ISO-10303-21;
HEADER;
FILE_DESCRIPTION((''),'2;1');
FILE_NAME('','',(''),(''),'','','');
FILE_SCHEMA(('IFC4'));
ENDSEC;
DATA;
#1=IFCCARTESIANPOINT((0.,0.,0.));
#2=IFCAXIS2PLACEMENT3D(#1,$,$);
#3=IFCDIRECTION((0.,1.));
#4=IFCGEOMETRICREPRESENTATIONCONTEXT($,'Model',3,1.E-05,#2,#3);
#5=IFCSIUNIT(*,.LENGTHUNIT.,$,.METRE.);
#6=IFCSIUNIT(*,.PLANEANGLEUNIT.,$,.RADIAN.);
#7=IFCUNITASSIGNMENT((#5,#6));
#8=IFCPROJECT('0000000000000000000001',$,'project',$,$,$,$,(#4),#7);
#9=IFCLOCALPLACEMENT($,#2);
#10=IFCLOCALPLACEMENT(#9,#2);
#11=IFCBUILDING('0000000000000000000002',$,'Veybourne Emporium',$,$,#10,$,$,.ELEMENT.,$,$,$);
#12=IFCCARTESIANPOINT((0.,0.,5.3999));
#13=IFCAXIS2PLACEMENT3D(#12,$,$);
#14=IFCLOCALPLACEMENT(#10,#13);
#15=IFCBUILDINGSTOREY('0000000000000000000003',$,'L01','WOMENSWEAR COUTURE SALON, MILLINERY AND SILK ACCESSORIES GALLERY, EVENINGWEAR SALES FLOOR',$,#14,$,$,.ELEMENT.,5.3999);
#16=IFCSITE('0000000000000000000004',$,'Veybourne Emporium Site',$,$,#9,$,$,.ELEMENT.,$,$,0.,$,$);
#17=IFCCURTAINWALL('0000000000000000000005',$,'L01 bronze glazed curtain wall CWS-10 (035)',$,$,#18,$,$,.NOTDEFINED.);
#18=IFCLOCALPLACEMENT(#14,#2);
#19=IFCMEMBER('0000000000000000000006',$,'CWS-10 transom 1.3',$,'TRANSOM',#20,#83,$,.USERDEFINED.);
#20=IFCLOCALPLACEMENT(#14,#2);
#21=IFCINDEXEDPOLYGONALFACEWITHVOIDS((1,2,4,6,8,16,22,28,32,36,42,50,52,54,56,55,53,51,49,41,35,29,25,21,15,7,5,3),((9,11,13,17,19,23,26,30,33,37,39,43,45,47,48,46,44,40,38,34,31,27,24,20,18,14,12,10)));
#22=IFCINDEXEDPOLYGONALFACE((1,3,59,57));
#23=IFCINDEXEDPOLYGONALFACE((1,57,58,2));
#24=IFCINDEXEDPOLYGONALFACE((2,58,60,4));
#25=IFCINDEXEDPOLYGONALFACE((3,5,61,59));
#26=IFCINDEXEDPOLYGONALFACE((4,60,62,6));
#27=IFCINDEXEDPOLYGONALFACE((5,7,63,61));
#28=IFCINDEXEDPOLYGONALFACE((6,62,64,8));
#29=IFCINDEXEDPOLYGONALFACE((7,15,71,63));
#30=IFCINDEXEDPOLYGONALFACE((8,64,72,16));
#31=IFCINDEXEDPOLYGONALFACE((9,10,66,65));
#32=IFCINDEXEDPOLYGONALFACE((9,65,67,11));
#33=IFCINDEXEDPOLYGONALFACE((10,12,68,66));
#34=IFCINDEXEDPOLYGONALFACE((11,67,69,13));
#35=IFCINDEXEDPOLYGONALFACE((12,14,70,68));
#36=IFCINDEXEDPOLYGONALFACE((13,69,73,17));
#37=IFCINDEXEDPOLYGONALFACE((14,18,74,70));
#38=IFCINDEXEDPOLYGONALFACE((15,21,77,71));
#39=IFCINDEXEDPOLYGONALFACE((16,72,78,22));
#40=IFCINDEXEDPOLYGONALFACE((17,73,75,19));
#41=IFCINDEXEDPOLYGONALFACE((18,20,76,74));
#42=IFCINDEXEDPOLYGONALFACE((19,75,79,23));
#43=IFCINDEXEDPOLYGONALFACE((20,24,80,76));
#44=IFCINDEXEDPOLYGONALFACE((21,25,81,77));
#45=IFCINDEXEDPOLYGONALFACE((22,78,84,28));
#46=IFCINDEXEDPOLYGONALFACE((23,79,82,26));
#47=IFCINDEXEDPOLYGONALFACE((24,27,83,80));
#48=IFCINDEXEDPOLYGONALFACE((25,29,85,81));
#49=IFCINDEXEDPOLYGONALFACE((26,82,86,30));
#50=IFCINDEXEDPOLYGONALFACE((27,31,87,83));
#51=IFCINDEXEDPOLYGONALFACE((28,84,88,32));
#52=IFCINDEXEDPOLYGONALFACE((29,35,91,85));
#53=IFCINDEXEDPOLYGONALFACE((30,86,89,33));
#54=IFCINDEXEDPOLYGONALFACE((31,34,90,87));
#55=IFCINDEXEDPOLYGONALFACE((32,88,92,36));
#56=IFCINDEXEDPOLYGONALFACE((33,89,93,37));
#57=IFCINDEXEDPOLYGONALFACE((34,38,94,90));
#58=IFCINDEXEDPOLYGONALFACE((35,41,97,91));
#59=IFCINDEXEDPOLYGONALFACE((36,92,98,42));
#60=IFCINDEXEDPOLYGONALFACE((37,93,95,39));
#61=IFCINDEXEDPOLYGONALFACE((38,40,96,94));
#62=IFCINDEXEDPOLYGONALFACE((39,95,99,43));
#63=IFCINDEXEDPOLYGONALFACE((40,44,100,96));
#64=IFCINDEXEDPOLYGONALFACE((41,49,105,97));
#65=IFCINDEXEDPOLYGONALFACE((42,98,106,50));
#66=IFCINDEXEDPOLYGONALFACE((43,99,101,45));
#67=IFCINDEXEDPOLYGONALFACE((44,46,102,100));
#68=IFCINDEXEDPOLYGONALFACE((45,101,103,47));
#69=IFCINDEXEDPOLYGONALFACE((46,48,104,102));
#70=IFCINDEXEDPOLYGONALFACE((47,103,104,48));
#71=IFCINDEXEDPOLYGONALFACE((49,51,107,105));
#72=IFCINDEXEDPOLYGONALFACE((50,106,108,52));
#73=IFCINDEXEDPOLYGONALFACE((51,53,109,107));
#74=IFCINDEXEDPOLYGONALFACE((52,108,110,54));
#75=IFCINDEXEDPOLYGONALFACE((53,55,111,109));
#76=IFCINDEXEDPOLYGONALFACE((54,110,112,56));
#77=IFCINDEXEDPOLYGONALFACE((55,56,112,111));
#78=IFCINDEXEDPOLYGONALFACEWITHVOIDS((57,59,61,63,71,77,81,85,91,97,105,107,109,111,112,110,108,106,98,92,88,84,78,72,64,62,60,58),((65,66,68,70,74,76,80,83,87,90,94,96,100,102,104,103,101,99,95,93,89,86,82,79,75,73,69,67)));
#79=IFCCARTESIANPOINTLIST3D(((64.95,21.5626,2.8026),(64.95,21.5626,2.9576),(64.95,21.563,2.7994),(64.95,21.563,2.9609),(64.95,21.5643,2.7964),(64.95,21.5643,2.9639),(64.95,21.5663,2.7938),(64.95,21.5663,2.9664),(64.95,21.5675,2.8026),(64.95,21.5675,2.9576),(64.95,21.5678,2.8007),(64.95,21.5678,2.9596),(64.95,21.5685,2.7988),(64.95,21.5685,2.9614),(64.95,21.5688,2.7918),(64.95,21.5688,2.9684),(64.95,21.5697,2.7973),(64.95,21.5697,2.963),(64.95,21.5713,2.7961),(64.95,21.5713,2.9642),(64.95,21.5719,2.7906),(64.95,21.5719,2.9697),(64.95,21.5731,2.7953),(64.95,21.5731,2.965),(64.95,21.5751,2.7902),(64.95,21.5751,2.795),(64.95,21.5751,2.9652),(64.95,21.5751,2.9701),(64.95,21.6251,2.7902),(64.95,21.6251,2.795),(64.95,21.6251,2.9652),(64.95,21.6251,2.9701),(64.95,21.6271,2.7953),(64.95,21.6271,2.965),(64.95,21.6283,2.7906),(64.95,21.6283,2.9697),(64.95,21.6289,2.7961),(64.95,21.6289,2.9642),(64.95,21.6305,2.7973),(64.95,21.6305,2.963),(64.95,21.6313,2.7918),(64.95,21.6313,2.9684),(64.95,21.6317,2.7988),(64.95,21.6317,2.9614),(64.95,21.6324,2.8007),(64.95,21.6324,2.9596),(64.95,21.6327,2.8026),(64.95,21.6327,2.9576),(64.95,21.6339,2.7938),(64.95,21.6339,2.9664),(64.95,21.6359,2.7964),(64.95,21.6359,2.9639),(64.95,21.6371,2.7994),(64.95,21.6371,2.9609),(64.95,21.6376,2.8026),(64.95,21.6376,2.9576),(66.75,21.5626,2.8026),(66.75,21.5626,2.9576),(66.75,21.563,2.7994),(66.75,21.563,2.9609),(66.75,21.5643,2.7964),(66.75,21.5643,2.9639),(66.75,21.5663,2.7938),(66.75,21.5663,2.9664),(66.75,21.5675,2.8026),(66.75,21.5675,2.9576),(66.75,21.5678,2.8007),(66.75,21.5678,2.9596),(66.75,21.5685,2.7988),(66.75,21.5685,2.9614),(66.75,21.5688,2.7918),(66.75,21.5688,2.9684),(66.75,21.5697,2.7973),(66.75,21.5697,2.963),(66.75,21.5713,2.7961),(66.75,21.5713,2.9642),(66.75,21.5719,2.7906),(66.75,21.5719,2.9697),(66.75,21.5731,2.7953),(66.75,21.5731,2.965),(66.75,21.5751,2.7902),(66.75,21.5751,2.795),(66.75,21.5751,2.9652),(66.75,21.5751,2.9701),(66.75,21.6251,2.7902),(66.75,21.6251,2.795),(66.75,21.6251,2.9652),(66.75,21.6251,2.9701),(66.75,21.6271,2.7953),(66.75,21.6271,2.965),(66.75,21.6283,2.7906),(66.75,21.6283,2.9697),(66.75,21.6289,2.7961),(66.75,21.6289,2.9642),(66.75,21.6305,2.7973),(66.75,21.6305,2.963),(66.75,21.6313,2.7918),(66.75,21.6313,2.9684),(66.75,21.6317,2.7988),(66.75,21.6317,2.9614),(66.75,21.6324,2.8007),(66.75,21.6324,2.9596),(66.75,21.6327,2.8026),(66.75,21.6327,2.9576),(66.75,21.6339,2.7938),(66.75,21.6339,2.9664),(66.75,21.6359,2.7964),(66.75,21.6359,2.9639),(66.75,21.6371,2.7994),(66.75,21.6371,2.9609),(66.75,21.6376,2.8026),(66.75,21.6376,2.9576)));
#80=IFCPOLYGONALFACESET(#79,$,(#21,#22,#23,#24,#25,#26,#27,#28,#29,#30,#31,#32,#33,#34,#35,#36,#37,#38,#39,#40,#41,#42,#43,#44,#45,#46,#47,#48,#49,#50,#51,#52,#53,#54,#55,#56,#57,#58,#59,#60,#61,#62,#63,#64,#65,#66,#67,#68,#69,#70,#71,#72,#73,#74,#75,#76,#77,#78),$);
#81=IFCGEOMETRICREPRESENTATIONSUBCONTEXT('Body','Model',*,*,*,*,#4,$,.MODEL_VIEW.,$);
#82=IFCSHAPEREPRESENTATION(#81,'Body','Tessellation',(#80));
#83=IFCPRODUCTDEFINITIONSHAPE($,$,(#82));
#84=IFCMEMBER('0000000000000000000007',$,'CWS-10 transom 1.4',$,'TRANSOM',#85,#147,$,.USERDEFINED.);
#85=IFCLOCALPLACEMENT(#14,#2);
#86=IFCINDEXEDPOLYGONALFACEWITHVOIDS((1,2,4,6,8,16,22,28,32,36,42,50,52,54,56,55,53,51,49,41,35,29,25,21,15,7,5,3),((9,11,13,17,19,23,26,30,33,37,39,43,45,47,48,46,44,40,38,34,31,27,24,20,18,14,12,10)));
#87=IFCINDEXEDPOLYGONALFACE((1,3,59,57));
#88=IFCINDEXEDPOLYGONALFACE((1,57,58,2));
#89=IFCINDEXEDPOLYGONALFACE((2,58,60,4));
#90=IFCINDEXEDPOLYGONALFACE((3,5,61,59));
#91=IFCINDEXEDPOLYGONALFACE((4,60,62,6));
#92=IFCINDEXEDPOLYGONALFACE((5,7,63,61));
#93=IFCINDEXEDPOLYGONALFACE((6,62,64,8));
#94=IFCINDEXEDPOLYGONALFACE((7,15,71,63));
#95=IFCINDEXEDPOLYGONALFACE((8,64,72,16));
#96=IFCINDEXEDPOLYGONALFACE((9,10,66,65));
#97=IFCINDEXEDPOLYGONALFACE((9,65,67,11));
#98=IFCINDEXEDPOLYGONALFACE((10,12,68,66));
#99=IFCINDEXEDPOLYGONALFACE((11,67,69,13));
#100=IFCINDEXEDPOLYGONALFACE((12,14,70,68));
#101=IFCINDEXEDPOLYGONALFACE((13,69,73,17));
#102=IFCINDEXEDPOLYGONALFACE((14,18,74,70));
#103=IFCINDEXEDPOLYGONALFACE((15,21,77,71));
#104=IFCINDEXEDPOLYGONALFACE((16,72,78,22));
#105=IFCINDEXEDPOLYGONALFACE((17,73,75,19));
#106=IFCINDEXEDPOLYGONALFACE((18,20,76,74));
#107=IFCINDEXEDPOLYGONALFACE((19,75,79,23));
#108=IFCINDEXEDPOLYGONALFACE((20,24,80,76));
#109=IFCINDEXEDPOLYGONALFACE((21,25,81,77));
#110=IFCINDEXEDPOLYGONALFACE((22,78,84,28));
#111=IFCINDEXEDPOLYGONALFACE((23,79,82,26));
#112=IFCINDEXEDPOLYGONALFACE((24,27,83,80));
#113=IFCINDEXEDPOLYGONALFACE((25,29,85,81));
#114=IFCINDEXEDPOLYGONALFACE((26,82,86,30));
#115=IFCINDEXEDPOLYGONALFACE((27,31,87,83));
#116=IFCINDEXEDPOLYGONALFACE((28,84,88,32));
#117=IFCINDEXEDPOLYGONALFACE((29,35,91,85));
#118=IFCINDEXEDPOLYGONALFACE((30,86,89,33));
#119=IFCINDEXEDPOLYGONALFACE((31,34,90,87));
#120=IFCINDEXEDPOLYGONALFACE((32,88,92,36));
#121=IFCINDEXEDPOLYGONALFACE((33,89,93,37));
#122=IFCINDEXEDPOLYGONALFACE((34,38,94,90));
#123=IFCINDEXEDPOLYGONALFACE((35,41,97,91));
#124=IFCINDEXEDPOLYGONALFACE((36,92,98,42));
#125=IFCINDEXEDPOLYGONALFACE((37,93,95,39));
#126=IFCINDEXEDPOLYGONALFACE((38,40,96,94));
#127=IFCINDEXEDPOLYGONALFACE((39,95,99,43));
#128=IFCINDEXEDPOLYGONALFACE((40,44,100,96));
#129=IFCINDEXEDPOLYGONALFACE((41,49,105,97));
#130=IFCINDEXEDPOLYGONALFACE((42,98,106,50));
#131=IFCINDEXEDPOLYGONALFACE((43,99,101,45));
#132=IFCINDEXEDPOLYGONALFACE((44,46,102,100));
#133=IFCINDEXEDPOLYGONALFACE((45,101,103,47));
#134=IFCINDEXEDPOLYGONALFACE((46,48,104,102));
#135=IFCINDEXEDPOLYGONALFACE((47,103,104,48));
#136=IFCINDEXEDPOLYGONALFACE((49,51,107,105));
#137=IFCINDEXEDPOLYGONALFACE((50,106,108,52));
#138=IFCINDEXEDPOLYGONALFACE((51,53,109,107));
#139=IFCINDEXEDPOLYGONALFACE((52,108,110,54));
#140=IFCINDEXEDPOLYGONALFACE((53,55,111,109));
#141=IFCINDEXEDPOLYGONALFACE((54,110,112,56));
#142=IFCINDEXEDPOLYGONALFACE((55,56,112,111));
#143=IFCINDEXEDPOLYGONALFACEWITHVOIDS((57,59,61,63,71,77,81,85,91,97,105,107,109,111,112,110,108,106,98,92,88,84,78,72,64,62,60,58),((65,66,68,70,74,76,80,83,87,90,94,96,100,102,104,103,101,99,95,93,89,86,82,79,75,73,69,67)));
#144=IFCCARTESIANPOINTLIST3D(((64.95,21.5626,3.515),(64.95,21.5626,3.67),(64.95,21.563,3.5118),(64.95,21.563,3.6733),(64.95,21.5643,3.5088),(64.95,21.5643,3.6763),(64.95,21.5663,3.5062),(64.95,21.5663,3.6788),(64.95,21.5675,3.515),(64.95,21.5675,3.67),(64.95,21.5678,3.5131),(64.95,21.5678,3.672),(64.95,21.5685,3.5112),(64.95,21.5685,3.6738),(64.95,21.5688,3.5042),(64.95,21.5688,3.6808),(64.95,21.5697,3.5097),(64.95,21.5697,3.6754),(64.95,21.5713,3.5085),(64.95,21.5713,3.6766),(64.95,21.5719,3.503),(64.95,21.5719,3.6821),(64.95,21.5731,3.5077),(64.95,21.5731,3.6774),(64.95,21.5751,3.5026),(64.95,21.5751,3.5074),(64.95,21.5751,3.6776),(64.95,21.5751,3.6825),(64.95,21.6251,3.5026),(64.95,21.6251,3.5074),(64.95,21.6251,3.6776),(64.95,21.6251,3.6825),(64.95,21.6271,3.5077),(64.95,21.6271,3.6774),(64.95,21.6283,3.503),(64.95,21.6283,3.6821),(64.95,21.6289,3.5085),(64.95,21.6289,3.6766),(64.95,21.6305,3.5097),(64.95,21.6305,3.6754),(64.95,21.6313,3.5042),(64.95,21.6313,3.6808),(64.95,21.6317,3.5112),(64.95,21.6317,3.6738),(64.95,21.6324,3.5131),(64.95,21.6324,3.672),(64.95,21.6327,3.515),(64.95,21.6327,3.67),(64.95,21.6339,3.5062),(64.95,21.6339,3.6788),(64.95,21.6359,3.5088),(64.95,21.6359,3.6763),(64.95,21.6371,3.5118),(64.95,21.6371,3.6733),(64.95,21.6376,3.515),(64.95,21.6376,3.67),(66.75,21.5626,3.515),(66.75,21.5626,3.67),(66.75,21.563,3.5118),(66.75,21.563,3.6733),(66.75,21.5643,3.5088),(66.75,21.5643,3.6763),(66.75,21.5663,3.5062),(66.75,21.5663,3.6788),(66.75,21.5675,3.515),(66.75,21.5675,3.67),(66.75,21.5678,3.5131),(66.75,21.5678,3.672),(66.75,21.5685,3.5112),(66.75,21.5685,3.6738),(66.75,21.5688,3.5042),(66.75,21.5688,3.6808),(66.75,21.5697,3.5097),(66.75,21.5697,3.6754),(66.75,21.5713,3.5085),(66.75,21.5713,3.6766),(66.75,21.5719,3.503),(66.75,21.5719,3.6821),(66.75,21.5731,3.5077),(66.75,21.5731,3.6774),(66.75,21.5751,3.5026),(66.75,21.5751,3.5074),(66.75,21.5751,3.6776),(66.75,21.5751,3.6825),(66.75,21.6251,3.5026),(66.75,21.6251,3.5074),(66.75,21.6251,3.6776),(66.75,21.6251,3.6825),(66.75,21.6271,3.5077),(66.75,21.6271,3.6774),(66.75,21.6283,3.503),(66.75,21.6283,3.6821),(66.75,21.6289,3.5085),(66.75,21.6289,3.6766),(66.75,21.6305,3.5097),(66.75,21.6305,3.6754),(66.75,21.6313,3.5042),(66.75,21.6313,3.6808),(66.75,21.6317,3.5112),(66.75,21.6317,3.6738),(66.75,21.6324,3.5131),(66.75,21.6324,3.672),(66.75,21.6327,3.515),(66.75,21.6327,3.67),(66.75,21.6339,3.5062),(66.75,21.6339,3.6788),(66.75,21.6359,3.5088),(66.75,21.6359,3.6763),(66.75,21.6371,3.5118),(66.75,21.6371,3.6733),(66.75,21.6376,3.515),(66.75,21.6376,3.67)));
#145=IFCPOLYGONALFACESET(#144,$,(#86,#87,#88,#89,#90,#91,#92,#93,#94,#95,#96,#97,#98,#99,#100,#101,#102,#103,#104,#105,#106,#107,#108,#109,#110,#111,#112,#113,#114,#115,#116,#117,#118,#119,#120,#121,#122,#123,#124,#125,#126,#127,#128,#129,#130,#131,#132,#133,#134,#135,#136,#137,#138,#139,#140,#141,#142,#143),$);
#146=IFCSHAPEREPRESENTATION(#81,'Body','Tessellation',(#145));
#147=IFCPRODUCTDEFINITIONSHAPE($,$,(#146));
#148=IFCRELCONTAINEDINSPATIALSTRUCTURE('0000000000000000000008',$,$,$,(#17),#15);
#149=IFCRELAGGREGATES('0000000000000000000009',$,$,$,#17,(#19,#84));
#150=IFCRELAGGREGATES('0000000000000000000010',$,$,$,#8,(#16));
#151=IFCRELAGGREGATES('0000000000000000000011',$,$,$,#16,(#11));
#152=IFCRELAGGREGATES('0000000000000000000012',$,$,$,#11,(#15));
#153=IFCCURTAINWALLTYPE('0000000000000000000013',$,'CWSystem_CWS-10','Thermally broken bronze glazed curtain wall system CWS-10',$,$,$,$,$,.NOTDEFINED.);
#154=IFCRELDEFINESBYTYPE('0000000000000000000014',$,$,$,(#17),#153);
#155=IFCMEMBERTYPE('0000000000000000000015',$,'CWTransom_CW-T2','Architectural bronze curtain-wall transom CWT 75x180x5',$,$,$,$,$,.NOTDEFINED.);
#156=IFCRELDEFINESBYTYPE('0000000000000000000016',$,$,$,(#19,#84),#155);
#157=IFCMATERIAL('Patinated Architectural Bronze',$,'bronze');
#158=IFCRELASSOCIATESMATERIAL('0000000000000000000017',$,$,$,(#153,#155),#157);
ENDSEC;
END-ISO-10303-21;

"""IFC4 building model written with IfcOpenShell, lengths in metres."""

from ifc_helpers import new_model, si_unit, direction, frame, origin, origin_2d, place, context, subcontext, project, spatial, hollow_rectangle, extrude, material, material_profile, profile_set, type_object, element, aggregate, save


model = new_model("IFC4")

# Units and contexts
model_context = context("Model", 3, precision=1e-05, world=origin(), true_north=direction((0.0, 1.0)))
body_context = subcontext(model_context, "Body", "Model", "MODEL_VIEW")
ifc_project = project(units=[si_unit("LENGTHUNIT", "METRE"), si_unit("PLANEANGLEUNIT", "RADIAN")], contexts=[model_context])

# Site, building, storey
site_placement = place(None, origin())
site = spatial("IfcSite", under=ifc_project, at=site_placement, Name="Veybourne Emporium Site", CompositionType="ELEMENT", RefElevation=0.0)
building_placement = place(site_placement, origin())
building = spatial("IfcBuilding", under=site, at=building_placement, Name="Veybourne Emporium", CompositionType="ELEMENT")
storey_placement = place(building_placement, frame((0.0, 0.0, 5.3999)))
storey = spatial("IfcBuildingStorey", under=building, at=storey_placement, Name="L01", Description="WOMENSWEAR COUTURE SALON, MILLINERY AND SILK ACCESSORIES GALLERY, EVENINGWEAR SALES FLOOR", CompositionType="ELEMENT", Elevation=5.3999)

# Curtain wall
ifc_material_1 = material(Name="Patinated Architectural Bronze", Category="bronze")
curtain_wall_type_1 = type_object("IfcCurtainWallType", Name="CWSystem_CWS-10", Description="Thermally broken bronze glazed curtain wall system CWS-10", PredefinedType="NOTDEFINED", material=ifc_material_1)
curtain_wall_1_placement = place(storey_placement, origin())
curtain_wall_1 = element("IfcCurtainWall", 1, at=curtain_wall_1_placement, inside=storey, type_object=curtain_wall_type_1, Name="L01 bronze glazed curtain wall CWS-10 (035)", PredefinedType="NOTDEFINED")

# Members
ifc_material_profile_1 = material_profile(ifc_material_1, hollow_rectangle(XDim=0.075, YDim=0.1799, WallThickness=0.0049, InnerFilletRadius=0.0076, OuterFilletRadius=0.0125, at=origin_2d()), Name="CWT 75x180x5")
ifc_profile_set_1 = profile_set([ifc_material_profile_1], Name="Patinated Architectural Bronze")
member_type_1 = type_object("IfcMemberType", Name="CWTransom_CW-T2", Description="Architectural bronze curtain-wall transom CWT 75x180x5", PredefinedType="NOTDEFINED", material=ifc_profile_set_1)
member_1_placement = place(storey_placement, frame((66.75, 21.6001, 2.8801), z_axis=(-1.0, 0.0, 0.0), x_axis=(0.0, -1.0, 0.0)))
member_1 = element("IfcMember", 2, at=member_1_placement, type_object=member_type_1, Name="CWS-10 transom 1.3", ObjectType="TRANSOM", PredefinedType="USERDEFINED", context=body_context, shape_type="SweptSolid", body=[
    extrude(hollow_rectangle(XDim=0.075, YDim=0.1799, WallThickness=0.0049, InnerFilletRadius=0.0076, OuterFilletRadius=0.0125, at=origin_2d()), origin(), (0.0, 0.0, 1.0), 1.8),
])
member_2_placement = place(storey_placement, frame((66.75, 21.6001, 3.5925), z_axis=(-1.0, 0.0, 0.0), x_axis=(0.0, -1.0, 0.0)))
member_2 = element("IfcMember", 3, at=member_2_placement, type_object=member_type_1, Name="CWS-10 transom 1.4", ObjectType="TRANSOM", PredefinedType="USERDEFINED", context=body_context, shape_type="SweptSolid", body=[
    extrude(hollow_rectangle(XDim=0.075, YDim=0.1799, WallThickness=0.0049, InnerFilletRadius=0.0076, OuterFilletRadius=0.0125, at=origin_2d()), origin(), (0.0, 0.0, 1.0), 1.8),
])

aggregate(curtain_wall_1, [member_1, member_2])

save(model, "model.ifc")
